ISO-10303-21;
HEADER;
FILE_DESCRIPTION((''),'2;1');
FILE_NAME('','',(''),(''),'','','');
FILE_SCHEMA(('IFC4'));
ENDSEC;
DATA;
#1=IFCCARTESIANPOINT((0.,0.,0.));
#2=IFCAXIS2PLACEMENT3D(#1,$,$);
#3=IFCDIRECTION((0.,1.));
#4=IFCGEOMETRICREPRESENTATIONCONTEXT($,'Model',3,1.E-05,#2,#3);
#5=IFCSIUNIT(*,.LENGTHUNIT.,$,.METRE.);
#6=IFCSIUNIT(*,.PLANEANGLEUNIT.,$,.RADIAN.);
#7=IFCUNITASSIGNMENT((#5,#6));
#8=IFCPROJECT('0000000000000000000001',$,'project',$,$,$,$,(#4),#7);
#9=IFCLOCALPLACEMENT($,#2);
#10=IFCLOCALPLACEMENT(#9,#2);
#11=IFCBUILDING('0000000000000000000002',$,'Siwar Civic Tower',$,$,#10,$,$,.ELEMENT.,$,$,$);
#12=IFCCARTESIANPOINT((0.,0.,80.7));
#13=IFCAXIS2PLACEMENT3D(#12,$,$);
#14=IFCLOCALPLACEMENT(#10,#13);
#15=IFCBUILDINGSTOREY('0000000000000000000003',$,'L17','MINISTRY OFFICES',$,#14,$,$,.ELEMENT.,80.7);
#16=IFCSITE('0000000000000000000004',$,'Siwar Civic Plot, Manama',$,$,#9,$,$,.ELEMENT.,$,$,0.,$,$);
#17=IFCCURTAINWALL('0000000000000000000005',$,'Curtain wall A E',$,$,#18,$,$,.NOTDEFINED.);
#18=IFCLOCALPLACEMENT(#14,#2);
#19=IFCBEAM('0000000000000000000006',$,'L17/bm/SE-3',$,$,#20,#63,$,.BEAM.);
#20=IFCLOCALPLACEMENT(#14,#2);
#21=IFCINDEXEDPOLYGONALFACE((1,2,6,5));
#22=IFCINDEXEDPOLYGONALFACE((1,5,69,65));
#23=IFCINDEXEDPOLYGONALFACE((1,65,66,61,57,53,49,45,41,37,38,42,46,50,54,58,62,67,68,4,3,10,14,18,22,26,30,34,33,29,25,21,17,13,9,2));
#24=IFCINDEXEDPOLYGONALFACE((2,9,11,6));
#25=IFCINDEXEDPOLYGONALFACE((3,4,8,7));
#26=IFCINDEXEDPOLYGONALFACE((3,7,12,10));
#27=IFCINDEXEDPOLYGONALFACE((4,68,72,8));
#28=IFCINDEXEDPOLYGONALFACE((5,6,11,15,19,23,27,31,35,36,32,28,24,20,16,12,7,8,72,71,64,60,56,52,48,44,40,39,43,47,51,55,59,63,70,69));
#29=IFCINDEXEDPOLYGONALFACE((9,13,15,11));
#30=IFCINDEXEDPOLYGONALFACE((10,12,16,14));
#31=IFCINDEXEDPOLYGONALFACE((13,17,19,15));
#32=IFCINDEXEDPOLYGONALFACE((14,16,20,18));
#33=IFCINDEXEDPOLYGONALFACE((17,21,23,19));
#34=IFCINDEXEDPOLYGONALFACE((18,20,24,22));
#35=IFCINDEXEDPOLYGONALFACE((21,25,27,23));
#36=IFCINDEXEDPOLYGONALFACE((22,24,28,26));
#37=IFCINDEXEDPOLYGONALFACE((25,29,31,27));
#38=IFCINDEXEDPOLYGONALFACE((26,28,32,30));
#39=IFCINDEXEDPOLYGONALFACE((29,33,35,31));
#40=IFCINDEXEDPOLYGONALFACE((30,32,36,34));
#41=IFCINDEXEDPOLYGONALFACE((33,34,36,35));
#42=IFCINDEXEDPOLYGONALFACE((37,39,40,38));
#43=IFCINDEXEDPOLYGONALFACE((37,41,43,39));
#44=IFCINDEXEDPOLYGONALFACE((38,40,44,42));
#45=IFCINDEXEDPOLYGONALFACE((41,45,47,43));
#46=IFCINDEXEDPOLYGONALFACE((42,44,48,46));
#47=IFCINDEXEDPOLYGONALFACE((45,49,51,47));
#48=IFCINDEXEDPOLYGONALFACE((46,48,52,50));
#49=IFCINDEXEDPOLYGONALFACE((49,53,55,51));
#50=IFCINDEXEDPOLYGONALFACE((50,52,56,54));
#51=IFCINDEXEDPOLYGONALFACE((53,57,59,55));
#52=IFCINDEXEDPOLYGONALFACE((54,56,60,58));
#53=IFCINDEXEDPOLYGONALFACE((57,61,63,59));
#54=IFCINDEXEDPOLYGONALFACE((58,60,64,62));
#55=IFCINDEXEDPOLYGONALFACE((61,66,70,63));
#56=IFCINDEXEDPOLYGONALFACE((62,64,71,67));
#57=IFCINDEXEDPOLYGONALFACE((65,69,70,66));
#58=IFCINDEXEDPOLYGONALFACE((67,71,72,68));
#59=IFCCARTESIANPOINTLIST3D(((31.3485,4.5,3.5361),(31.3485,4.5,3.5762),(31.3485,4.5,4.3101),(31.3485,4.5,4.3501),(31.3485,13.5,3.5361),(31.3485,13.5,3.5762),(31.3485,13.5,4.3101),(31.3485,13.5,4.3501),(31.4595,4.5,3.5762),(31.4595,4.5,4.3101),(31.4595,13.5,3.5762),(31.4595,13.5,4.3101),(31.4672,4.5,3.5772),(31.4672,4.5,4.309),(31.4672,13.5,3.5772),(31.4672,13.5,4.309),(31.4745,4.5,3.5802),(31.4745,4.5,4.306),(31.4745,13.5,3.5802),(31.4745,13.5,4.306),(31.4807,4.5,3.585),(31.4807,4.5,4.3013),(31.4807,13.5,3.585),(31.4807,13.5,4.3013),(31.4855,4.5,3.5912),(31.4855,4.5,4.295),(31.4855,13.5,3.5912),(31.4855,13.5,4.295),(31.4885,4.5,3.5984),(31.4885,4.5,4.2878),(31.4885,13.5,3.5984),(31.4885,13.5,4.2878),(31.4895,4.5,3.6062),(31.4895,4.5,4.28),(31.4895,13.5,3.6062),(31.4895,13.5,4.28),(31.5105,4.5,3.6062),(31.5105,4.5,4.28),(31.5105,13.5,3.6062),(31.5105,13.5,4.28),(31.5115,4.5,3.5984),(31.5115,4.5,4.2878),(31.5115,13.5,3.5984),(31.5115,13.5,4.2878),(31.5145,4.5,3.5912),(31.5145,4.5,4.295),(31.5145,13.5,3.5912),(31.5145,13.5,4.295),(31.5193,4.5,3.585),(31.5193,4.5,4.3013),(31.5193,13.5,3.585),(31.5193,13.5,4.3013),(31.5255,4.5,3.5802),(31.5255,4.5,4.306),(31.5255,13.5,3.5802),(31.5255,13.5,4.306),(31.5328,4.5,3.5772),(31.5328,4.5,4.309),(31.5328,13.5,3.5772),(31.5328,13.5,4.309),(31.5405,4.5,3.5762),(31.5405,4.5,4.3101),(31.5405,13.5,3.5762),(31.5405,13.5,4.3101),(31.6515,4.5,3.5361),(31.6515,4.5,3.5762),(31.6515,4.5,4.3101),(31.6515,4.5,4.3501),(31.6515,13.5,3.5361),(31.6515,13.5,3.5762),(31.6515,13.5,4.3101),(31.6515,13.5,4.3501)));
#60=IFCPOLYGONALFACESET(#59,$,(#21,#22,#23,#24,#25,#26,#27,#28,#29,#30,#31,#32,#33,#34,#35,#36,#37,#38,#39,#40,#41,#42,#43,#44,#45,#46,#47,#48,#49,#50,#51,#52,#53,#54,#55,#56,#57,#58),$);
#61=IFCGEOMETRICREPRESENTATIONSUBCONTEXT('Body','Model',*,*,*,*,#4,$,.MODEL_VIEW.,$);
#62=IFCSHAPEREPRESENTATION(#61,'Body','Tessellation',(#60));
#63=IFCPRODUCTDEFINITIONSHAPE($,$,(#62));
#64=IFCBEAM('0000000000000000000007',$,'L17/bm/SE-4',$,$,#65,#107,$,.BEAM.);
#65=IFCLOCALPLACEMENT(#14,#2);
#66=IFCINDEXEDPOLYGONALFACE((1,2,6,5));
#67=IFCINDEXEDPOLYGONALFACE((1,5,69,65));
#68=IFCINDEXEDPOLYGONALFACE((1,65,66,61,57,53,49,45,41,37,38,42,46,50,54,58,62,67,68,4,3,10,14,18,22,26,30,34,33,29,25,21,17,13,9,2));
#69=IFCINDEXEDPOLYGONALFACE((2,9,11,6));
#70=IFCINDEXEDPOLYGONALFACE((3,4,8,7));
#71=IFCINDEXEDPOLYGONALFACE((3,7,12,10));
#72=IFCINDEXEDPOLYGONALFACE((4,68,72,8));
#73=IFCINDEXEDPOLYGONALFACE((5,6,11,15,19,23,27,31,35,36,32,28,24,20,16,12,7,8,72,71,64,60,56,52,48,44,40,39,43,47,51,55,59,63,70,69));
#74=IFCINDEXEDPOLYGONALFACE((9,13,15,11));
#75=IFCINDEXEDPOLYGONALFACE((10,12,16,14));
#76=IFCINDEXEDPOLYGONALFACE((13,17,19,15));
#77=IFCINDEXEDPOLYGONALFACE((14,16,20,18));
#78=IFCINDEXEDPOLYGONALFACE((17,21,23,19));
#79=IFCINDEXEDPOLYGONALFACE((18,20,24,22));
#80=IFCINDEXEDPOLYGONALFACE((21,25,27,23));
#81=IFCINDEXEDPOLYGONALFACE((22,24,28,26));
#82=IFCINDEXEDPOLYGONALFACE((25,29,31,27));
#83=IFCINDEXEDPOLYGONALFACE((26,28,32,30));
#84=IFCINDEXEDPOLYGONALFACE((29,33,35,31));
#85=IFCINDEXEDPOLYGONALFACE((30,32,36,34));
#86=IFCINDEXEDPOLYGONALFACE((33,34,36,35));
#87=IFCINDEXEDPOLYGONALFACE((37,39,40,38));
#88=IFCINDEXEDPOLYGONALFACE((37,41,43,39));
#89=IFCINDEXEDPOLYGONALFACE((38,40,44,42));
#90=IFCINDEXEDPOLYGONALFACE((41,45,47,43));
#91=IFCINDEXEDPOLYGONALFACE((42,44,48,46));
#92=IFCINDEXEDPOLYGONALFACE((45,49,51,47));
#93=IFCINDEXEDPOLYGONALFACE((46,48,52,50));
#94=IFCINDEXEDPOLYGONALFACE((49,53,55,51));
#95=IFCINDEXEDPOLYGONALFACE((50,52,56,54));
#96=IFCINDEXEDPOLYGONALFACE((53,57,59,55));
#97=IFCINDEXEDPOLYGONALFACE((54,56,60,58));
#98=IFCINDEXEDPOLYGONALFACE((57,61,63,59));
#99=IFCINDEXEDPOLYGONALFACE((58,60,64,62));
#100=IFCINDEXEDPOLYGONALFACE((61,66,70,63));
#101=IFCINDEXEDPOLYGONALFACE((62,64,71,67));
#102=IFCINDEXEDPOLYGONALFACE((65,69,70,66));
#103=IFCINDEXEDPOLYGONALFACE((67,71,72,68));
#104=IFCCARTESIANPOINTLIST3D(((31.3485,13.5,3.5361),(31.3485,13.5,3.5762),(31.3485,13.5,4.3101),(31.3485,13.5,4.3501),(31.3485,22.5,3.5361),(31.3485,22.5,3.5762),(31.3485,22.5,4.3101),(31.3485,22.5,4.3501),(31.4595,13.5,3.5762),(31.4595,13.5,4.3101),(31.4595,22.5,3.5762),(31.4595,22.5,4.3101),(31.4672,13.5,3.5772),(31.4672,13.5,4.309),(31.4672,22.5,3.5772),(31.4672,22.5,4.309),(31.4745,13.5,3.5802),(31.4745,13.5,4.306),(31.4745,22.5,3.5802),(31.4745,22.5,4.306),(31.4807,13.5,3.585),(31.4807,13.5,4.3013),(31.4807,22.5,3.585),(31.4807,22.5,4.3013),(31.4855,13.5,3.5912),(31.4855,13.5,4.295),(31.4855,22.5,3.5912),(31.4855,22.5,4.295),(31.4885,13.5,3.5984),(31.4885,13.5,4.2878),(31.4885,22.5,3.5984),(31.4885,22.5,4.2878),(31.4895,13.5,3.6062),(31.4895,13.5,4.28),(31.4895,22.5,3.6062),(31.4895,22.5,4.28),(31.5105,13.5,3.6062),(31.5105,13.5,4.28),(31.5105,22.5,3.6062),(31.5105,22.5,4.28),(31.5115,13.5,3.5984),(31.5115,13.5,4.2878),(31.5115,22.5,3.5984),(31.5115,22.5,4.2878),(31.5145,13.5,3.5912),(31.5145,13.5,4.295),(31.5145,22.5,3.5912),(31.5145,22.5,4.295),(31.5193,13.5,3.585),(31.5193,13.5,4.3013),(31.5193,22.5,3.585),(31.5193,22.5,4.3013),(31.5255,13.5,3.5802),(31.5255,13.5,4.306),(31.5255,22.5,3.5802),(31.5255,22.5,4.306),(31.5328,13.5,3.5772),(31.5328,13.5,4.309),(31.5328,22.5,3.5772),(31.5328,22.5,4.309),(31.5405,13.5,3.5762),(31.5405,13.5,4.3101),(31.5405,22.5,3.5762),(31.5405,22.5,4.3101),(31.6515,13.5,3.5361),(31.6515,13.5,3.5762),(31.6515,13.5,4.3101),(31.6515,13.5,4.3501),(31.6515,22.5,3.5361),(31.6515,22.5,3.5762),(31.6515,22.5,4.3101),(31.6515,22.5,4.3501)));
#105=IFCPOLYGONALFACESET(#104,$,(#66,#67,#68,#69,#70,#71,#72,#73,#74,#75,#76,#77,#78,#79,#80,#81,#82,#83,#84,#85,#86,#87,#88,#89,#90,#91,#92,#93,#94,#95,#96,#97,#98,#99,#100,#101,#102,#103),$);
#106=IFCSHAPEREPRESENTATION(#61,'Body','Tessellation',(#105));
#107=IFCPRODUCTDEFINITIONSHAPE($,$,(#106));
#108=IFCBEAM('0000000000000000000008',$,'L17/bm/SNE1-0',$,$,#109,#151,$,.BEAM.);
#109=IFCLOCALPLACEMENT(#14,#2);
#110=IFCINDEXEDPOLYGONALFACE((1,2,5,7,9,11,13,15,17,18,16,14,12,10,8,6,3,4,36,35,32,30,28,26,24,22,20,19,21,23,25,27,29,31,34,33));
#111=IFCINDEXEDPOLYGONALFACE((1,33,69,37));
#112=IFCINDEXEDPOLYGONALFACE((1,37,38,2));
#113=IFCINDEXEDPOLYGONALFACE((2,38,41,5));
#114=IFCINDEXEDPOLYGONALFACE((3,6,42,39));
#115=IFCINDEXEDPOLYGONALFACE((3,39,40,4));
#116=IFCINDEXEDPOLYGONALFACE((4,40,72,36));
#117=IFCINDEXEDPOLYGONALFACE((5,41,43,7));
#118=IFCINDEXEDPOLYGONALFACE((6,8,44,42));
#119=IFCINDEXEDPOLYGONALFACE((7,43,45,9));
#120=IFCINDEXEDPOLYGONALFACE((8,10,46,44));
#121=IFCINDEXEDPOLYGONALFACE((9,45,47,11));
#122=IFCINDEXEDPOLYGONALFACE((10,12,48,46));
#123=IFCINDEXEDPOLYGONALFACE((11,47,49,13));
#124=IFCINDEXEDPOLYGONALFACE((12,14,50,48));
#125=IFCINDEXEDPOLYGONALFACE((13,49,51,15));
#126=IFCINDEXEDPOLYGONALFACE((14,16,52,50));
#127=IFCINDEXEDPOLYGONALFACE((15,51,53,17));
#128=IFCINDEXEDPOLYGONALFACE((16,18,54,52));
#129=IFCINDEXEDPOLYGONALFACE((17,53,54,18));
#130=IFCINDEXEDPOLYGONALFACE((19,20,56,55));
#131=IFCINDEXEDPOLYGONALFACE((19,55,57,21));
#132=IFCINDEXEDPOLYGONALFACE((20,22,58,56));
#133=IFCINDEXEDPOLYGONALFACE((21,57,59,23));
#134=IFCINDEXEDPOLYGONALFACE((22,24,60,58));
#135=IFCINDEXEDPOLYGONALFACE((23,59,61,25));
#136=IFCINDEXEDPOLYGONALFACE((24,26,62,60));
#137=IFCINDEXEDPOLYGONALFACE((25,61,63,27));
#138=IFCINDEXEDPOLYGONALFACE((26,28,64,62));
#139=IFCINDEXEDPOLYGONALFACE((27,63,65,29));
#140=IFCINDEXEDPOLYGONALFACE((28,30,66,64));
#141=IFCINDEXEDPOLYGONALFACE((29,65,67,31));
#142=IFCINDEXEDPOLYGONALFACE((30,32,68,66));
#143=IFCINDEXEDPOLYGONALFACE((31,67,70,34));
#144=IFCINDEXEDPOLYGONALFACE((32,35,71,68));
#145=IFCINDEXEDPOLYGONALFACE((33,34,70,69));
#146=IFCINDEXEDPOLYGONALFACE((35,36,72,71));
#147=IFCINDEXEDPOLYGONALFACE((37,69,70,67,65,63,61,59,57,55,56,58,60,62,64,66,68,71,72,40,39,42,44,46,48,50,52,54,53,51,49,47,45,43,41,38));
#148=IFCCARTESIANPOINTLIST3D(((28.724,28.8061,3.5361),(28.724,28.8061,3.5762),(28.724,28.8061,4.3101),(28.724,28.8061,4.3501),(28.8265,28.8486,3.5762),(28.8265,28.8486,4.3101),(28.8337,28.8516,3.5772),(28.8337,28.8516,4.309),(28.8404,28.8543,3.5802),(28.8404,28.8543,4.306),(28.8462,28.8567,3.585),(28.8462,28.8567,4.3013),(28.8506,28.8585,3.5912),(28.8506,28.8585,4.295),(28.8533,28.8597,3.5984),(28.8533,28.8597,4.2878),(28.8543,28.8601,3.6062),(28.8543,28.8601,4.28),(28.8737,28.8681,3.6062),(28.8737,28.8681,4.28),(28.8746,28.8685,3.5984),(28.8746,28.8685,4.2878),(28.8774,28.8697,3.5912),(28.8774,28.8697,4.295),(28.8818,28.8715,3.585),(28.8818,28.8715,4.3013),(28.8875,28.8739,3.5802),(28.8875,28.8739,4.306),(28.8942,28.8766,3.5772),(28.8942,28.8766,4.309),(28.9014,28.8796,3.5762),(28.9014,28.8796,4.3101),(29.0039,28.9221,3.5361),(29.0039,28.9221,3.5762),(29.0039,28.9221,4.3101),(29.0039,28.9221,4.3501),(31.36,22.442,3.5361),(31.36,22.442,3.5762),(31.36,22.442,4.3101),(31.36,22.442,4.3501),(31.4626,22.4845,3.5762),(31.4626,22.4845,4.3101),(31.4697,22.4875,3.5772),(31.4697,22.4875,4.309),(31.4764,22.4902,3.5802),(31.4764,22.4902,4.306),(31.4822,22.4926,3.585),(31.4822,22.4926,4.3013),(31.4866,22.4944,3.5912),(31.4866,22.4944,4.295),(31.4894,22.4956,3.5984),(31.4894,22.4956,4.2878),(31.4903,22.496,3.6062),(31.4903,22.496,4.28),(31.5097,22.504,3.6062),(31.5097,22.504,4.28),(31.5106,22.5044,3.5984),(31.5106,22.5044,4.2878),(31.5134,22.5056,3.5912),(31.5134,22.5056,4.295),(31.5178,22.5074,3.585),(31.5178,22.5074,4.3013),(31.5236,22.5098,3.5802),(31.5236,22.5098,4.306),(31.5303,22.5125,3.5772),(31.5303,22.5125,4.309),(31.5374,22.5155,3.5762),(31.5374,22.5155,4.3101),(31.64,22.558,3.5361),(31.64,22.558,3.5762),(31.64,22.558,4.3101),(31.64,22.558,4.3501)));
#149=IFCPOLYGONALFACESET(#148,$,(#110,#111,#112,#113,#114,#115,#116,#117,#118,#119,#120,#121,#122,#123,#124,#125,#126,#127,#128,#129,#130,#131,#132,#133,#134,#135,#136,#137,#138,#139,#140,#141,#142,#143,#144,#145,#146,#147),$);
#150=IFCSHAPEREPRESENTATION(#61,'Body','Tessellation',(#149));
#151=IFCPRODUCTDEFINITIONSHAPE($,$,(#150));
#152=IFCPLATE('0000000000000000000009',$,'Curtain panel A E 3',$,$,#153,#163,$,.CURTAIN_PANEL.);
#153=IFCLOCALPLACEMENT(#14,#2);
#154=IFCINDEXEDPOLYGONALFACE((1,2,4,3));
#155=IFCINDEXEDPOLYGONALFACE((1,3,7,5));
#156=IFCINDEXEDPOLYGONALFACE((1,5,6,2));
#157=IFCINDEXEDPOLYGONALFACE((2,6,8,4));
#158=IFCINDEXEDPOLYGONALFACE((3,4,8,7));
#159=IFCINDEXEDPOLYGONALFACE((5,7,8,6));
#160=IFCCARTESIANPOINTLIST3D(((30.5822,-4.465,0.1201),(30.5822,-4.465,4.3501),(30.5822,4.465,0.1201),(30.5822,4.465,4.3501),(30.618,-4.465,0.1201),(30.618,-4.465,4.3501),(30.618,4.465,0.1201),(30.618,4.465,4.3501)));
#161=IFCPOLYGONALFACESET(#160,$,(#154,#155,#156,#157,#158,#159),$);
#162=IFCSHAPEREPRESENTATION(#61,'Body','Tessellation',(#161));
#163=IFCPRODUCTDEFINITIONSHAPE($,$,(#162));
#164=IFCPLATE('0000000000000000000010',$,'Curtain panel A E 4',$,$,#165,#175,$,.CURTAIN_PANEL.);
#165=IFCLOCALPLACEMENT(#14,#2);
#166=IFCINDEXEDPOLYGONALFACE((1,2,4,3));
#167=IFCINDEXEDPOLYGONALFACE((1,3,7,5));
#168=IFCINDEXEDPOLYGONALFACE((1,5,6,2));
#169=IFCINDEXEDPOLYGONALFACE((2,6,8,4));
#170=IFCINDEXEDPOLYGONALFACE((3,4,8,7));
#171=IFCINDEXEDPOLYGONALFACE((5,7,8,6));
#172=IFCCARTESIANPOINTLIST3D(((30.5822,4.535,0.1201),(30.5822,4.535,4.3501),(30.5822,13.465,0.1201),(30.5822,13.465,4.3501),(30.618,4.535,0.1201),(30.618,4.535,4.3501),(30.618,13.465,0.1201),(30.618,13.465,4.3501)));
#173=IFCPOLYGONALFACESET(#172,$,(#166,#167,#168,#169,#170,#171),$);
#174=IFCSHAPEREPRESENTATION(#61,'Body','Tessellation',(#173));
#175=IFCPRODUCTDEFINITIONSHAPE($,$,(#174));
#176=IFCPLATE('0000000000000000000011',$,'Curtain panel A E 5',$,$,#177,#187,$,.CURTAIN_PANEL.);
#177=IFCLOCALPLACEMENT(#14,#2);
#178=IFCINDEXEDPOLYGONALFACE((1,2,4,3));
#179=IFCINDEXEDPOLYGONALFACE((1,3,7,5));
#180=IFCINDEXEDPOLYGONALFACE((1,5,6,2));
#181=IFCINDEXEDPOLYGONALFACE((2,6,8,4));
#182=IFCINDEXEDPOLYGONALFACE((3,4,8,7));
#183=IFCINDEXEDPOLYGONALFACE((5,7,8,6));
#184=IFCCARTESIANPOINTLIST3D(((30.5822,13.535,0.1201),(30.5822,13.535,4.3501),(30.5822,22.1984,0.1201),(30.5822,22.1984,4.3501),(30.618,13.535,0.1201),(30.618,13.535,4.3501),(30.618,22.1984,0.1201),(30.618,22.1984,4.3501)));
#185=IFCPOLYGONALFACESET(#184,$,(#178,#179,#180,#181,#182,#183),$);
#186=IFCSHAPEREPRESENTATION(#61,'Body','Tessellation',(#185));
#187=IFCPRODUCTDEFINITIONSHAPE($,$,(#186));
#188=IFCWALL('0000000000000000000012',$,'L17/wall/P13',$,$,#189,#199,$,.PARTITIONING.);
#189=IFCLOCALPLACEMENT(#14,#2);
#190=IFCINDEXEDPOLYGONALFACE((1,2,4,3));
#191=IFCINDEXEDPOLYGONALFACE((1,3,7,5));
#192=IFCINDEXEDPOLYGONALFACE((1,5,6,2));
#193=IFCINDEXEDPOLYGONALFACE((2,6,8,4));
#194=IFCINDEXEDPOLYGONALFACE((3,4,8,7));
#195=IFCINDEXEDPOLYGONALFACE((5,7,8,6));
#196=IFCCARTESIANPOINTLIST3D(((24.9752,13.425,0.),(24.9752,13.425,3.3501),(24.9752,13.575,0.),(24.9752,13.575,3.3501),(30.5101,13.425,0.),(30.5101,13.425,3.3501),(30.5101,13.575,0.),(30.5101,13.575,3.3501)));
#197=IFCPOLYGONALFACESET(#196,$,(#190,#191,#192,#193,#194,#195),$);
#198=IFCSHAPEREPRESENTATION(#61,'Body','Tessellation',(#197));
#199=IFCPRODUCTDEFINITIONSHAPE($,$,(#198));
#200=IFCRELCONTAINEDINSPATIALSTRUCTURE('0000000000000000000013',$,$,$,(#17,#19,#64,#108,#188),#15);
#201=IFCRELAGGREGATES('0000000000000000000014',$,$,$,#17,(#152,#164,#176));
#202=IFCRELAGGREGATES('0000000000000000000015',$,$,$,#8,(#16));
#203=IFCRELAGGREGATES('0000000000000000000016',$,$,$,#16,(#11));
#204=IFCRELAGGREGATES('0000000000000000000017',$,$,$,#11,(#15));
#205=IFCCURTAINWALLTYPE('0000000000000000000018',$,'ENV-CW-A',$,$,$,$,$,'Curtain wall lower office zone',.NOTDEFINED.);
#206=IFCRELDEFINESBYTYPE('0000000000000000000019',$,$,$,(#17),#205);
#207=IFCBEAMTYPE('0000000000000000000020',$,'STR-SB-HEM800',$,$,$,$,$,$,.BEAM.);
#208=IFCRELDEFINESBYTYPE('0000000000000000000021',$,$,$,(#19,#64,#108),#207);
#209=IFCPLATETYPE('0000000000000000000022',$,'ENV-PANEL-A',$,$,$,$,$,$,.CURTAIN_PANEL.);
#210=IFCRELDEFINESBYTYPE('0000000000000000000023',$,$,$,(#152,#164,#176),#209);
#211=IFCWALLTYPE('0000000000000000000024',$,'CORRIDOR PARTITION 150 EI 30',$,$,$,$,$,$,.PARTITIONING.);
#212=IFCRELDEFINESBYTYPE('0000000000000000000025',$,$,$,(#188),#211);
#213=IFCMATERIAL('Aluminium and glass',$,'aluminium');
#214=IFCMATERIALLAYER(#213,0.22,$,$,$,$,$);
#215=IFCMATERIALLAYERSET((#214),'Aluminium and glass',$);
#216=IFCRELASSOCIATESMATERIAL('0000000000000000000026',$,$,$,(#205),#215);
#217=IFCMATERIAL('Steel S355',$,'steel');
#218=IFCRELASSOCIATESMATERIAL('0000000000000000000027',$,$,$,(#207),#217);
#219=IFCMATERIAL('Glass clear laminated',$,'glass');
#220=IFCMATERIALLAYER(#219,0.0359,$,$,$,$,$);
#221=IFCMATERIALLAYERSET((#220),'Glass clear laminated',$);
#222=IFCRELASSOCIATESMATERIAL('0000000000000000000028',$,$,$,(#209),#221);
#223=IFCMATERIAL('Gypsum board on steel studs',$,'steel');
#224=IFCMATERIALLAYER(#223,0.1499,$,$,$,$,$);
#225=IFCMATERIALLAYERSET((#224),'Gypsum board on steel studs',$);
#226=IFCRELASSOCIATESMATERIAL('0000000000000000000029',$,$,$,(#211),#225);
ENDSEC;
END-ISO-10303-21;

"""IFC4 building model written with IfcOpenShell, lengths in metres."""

from ifc_helpers import new_model, si_unit, direction, frame, frame_2d, origin, origin_2d, place, context, subcontext, project, spatial, rectangle, i_section, extrude, material, layer, layer_set, material_profile, profile_set, type_object, element, aggregate, save


model = new_model("IFC4")

# Units and contexts
model_context = context("Model", 3, precision=1e-05, world=origin(), true_north=direction((0.0, 1.0)))
body_context = subcontext(model_context, "Body", "Model", "MODEL_VIEW")
ifc_project = project(units=[si_unit("LENGTHUNIT", "METRE"), si_unit("PLANEANGLEUNIT", "RADIAN")], contexts=[model_context])

# Site, building, storey
site_placement = place(None, origin())
site = spatial("IfcSite", under=ifc_project, at=site_placement, Name="Siwar Civic Plot, Manama", CompositionType="ELEMENT", RefElevation=0.0)
building_placement = place(site_placement, origin())
building = spatial("IfcBuilding", under=site, at=building_placement, Name="Siwar Civic Tower", CompositionType="ELEMENT")
storey_placement = place(building_placement, frame((0.0, 0.0, 80.7)))
storey = spatial("IfcBuildingStorey", under=building, at=storey_placement, Name="L17", Description="MINISTRY OFFICES", CompositionType="ELEMENT", Elevation=80.7)

# Curtain wall
ifc_material_1 = material(Name="Aluminium and glass", Category="aluminium")
ifc_layer_1 = layer(ifc_material_1, 0.22)
ifc_layer_set_1 = layer_set([ifc_layer_1], Name="Aluminium and glass")
curtain_wall_type_1 = type_object("IfcCurtainWallType", Name="ENV-CW-A", ElementType="Curtain wall lower office zone", PredefinedType="NOTDEFINED", material=ifc_layer_set_1)
curtain_wall_1_placement = place(storey_placement, origin())
curtain_wall_1 = element("IfcCurtainWall", 1, at=curtain_wall_1_placement, inside=storey, type_object=curtain_wall_type_1, Name="Curtain wall A E", PredefinedType="NOTDEFINED")

# Beams
ifc_material_2 = material(Name="Steel S355", Category="steel")
ifc_material_profile_1 = material_profile(ifc_material_2, i_section(OverallWidth=0.303, OverallDepth=0.814, WebThickness=0.021, FlangeThickness=0.04, FilletRadius=0.03, at=origin_2d()), Name="HEM800")
ifc_profile_set_1 = profile_set([ifc_material_profile_1], Name="Steel S355")
beam_type_1 = type_object("IfcBeamType", Name="STR-SB-HEM800", PredefinedType="BEAM", material=ifc_profile_set_1)
for number, where, z_axis, x_axis, name in (
    (2, (31.5, 4.5, 3.9431), (0.0, 1.0, 0.0), (-1.0, 0.0, 0.0), "L17/bm/SE-3"),
    (3, (31.5, 13.5, 3.9431), (0.0, 1.0, 0.0), (-1.0, 0.0, 0.0), "L17/bm/SE-4"),
):
    element("IfcBeam", number, at=place(storey_placement, frame(where, z_axis=z_axis, x_axis=x_axis)), inside=storey, type_object=beam_type_1, Name=name, PredefinedType="BEAM", context=body_context, shape_type="SweptSolid", body=[
        extrude(i_section(OverallWidth=0.303, OverallDepth=0.814, WebThickness=0.021, FlangeThickness=0.04, FilletRadius=0.03, at=origin_2d()), origin(), (0.0, 0.0, 1.0), 9.0),
    ])
beam_1_placement = place(storey_placement, frame((31.5, 22.5, 3.9431), z_axis=(-0.382674, 0.923883, 0.0), x_axis=(-0.923883, -0.382674, 0.0)))
element("IfcBeam", 4, at=beam_1_placement, inside=storey, type_object=beam_type_1, Name="L17/bm/SNE1-0", PredefinedType="BEAM", context=body_context, shape_type="SweptSolid", body=[
    extrude(i_section(OverallWidth=0.303, OverallDepth=0.814, WebThickness=0.021, FlangeThickness=0.04, FilletRadius=0.03, at=origin_2d()), origin(), (0.0, 0.0, 1.0), 6.8884),
])

# Plates
ifc_material_3 = material(Name="Glass clear laminated", Category="glass")
ifc_layer_2 = layer(ifc_material_3, 0.0359)
ifc_layer_set_2 = layer_set([ifc_layer_2], Name="Glass clear laminated")
plate_type = type_object("IfcPlateType", Name="ENV-PANEL-A", PredefinedType="CURTAIN_PANEL", material=ifc_layer_set_2)
plate_1_placement = place(storey_placement, frame((30.6001, 0.0, 0.1201), z_axis=(0.0, 0.0, 1.0), x_axis=(0.0, 1.0, 0.0)))
plate_1 = element("IfcPlate", 5, at=plate_1_placement, type_object=plate_type, Name="Curtain panel A E 3", PredefinedType="CURTAIN_PANEL", context=body_context, shape_type="SweptSolid", body=[
    extrude(rectangle(XDim=8.9299, YDim=0.0359, at=origin_2d()), origin(), (0.0, 0.0, 1.0), 4.23),
])
plate_2_placement = place(storey_placement, frame((30.6001, 9.0, 0.1201), z_axis=(0.0, 0.0, 1.0), x_axis=(0.0, 1.0, 0.0)))
plate_2 = element("IfcPlate", 6, at=plate_2_placement, type_object=plate_type, Name="Curtain panel A E 4", PredefinedType="CURTAIN_PANEL", context=body_context, shape_type="SweptSolid", body=[
    extrude(rectangle(XDim=8.9299, YDim=0.0359, at=origin_2d()), origin(), (0.0, 0.0, 1.0), 4.23),
])
plate_3_placement = place(storey_placement, frame((30.6001, 17.8667, 0.1201), z_axis=(0.0, 0.0, 1.0), x_axis=(0.0, 1.0, 0.0)))
plate_3 = element("IfcPlate", 7, at=plate_3_placement, type_object=plate_type, Name="Curtain panel A E 5", PredefinedType="CURTAIN_PANEL", context=body_context, shape_type="SweptSolid", body=[
    extrude(rectangle(XDim=8.6633, YDim=0.0359, at=origin_2d()), origin(), (0.0, 0.0, 1.0), 4.23),
])
aggregate(curtain_wall_1, [plate_1, plate_2, plate_3])

# Wall
ifc_material_4 = material(Name="Gypsum board on steel studs", Category="steel")
ifc_layer_3 = layer(ifc_material_4, 0.1499)
ifc_layer_set_3 = layer_set([ifc_layer_3], Name="Gypsum board on steel studs")
wall_type_1 = type_object("IfcWallType", Name="CORRIDOR PARTITION 150 EI 30", PredefinedType="PARTITIONING", material=ifc_layer_set_3)
wall_1_placement = place(storey_placement, frame((24.9751, 13.5, 0.0), z_axis=(0.0, 0.0, 1.0), x_axis=(1.0, 0.0, 0.0)))
element("IfcWall", 8, at=wall_1_placement, inside=storey, type_object=wall_type_1, Name="L17/wall/P13", PredefinedType="PARTITIONING", context=body_context, shape_type="SweptSolid", body=[
    extrude(rectangle(XDim=5.5349, YDim=0.1499, at=frame_2d((2.7676, 0.0))), origin(), (0.0, 0.0, 1.0), 3.3501),
])

save(model, "model.ifc")
